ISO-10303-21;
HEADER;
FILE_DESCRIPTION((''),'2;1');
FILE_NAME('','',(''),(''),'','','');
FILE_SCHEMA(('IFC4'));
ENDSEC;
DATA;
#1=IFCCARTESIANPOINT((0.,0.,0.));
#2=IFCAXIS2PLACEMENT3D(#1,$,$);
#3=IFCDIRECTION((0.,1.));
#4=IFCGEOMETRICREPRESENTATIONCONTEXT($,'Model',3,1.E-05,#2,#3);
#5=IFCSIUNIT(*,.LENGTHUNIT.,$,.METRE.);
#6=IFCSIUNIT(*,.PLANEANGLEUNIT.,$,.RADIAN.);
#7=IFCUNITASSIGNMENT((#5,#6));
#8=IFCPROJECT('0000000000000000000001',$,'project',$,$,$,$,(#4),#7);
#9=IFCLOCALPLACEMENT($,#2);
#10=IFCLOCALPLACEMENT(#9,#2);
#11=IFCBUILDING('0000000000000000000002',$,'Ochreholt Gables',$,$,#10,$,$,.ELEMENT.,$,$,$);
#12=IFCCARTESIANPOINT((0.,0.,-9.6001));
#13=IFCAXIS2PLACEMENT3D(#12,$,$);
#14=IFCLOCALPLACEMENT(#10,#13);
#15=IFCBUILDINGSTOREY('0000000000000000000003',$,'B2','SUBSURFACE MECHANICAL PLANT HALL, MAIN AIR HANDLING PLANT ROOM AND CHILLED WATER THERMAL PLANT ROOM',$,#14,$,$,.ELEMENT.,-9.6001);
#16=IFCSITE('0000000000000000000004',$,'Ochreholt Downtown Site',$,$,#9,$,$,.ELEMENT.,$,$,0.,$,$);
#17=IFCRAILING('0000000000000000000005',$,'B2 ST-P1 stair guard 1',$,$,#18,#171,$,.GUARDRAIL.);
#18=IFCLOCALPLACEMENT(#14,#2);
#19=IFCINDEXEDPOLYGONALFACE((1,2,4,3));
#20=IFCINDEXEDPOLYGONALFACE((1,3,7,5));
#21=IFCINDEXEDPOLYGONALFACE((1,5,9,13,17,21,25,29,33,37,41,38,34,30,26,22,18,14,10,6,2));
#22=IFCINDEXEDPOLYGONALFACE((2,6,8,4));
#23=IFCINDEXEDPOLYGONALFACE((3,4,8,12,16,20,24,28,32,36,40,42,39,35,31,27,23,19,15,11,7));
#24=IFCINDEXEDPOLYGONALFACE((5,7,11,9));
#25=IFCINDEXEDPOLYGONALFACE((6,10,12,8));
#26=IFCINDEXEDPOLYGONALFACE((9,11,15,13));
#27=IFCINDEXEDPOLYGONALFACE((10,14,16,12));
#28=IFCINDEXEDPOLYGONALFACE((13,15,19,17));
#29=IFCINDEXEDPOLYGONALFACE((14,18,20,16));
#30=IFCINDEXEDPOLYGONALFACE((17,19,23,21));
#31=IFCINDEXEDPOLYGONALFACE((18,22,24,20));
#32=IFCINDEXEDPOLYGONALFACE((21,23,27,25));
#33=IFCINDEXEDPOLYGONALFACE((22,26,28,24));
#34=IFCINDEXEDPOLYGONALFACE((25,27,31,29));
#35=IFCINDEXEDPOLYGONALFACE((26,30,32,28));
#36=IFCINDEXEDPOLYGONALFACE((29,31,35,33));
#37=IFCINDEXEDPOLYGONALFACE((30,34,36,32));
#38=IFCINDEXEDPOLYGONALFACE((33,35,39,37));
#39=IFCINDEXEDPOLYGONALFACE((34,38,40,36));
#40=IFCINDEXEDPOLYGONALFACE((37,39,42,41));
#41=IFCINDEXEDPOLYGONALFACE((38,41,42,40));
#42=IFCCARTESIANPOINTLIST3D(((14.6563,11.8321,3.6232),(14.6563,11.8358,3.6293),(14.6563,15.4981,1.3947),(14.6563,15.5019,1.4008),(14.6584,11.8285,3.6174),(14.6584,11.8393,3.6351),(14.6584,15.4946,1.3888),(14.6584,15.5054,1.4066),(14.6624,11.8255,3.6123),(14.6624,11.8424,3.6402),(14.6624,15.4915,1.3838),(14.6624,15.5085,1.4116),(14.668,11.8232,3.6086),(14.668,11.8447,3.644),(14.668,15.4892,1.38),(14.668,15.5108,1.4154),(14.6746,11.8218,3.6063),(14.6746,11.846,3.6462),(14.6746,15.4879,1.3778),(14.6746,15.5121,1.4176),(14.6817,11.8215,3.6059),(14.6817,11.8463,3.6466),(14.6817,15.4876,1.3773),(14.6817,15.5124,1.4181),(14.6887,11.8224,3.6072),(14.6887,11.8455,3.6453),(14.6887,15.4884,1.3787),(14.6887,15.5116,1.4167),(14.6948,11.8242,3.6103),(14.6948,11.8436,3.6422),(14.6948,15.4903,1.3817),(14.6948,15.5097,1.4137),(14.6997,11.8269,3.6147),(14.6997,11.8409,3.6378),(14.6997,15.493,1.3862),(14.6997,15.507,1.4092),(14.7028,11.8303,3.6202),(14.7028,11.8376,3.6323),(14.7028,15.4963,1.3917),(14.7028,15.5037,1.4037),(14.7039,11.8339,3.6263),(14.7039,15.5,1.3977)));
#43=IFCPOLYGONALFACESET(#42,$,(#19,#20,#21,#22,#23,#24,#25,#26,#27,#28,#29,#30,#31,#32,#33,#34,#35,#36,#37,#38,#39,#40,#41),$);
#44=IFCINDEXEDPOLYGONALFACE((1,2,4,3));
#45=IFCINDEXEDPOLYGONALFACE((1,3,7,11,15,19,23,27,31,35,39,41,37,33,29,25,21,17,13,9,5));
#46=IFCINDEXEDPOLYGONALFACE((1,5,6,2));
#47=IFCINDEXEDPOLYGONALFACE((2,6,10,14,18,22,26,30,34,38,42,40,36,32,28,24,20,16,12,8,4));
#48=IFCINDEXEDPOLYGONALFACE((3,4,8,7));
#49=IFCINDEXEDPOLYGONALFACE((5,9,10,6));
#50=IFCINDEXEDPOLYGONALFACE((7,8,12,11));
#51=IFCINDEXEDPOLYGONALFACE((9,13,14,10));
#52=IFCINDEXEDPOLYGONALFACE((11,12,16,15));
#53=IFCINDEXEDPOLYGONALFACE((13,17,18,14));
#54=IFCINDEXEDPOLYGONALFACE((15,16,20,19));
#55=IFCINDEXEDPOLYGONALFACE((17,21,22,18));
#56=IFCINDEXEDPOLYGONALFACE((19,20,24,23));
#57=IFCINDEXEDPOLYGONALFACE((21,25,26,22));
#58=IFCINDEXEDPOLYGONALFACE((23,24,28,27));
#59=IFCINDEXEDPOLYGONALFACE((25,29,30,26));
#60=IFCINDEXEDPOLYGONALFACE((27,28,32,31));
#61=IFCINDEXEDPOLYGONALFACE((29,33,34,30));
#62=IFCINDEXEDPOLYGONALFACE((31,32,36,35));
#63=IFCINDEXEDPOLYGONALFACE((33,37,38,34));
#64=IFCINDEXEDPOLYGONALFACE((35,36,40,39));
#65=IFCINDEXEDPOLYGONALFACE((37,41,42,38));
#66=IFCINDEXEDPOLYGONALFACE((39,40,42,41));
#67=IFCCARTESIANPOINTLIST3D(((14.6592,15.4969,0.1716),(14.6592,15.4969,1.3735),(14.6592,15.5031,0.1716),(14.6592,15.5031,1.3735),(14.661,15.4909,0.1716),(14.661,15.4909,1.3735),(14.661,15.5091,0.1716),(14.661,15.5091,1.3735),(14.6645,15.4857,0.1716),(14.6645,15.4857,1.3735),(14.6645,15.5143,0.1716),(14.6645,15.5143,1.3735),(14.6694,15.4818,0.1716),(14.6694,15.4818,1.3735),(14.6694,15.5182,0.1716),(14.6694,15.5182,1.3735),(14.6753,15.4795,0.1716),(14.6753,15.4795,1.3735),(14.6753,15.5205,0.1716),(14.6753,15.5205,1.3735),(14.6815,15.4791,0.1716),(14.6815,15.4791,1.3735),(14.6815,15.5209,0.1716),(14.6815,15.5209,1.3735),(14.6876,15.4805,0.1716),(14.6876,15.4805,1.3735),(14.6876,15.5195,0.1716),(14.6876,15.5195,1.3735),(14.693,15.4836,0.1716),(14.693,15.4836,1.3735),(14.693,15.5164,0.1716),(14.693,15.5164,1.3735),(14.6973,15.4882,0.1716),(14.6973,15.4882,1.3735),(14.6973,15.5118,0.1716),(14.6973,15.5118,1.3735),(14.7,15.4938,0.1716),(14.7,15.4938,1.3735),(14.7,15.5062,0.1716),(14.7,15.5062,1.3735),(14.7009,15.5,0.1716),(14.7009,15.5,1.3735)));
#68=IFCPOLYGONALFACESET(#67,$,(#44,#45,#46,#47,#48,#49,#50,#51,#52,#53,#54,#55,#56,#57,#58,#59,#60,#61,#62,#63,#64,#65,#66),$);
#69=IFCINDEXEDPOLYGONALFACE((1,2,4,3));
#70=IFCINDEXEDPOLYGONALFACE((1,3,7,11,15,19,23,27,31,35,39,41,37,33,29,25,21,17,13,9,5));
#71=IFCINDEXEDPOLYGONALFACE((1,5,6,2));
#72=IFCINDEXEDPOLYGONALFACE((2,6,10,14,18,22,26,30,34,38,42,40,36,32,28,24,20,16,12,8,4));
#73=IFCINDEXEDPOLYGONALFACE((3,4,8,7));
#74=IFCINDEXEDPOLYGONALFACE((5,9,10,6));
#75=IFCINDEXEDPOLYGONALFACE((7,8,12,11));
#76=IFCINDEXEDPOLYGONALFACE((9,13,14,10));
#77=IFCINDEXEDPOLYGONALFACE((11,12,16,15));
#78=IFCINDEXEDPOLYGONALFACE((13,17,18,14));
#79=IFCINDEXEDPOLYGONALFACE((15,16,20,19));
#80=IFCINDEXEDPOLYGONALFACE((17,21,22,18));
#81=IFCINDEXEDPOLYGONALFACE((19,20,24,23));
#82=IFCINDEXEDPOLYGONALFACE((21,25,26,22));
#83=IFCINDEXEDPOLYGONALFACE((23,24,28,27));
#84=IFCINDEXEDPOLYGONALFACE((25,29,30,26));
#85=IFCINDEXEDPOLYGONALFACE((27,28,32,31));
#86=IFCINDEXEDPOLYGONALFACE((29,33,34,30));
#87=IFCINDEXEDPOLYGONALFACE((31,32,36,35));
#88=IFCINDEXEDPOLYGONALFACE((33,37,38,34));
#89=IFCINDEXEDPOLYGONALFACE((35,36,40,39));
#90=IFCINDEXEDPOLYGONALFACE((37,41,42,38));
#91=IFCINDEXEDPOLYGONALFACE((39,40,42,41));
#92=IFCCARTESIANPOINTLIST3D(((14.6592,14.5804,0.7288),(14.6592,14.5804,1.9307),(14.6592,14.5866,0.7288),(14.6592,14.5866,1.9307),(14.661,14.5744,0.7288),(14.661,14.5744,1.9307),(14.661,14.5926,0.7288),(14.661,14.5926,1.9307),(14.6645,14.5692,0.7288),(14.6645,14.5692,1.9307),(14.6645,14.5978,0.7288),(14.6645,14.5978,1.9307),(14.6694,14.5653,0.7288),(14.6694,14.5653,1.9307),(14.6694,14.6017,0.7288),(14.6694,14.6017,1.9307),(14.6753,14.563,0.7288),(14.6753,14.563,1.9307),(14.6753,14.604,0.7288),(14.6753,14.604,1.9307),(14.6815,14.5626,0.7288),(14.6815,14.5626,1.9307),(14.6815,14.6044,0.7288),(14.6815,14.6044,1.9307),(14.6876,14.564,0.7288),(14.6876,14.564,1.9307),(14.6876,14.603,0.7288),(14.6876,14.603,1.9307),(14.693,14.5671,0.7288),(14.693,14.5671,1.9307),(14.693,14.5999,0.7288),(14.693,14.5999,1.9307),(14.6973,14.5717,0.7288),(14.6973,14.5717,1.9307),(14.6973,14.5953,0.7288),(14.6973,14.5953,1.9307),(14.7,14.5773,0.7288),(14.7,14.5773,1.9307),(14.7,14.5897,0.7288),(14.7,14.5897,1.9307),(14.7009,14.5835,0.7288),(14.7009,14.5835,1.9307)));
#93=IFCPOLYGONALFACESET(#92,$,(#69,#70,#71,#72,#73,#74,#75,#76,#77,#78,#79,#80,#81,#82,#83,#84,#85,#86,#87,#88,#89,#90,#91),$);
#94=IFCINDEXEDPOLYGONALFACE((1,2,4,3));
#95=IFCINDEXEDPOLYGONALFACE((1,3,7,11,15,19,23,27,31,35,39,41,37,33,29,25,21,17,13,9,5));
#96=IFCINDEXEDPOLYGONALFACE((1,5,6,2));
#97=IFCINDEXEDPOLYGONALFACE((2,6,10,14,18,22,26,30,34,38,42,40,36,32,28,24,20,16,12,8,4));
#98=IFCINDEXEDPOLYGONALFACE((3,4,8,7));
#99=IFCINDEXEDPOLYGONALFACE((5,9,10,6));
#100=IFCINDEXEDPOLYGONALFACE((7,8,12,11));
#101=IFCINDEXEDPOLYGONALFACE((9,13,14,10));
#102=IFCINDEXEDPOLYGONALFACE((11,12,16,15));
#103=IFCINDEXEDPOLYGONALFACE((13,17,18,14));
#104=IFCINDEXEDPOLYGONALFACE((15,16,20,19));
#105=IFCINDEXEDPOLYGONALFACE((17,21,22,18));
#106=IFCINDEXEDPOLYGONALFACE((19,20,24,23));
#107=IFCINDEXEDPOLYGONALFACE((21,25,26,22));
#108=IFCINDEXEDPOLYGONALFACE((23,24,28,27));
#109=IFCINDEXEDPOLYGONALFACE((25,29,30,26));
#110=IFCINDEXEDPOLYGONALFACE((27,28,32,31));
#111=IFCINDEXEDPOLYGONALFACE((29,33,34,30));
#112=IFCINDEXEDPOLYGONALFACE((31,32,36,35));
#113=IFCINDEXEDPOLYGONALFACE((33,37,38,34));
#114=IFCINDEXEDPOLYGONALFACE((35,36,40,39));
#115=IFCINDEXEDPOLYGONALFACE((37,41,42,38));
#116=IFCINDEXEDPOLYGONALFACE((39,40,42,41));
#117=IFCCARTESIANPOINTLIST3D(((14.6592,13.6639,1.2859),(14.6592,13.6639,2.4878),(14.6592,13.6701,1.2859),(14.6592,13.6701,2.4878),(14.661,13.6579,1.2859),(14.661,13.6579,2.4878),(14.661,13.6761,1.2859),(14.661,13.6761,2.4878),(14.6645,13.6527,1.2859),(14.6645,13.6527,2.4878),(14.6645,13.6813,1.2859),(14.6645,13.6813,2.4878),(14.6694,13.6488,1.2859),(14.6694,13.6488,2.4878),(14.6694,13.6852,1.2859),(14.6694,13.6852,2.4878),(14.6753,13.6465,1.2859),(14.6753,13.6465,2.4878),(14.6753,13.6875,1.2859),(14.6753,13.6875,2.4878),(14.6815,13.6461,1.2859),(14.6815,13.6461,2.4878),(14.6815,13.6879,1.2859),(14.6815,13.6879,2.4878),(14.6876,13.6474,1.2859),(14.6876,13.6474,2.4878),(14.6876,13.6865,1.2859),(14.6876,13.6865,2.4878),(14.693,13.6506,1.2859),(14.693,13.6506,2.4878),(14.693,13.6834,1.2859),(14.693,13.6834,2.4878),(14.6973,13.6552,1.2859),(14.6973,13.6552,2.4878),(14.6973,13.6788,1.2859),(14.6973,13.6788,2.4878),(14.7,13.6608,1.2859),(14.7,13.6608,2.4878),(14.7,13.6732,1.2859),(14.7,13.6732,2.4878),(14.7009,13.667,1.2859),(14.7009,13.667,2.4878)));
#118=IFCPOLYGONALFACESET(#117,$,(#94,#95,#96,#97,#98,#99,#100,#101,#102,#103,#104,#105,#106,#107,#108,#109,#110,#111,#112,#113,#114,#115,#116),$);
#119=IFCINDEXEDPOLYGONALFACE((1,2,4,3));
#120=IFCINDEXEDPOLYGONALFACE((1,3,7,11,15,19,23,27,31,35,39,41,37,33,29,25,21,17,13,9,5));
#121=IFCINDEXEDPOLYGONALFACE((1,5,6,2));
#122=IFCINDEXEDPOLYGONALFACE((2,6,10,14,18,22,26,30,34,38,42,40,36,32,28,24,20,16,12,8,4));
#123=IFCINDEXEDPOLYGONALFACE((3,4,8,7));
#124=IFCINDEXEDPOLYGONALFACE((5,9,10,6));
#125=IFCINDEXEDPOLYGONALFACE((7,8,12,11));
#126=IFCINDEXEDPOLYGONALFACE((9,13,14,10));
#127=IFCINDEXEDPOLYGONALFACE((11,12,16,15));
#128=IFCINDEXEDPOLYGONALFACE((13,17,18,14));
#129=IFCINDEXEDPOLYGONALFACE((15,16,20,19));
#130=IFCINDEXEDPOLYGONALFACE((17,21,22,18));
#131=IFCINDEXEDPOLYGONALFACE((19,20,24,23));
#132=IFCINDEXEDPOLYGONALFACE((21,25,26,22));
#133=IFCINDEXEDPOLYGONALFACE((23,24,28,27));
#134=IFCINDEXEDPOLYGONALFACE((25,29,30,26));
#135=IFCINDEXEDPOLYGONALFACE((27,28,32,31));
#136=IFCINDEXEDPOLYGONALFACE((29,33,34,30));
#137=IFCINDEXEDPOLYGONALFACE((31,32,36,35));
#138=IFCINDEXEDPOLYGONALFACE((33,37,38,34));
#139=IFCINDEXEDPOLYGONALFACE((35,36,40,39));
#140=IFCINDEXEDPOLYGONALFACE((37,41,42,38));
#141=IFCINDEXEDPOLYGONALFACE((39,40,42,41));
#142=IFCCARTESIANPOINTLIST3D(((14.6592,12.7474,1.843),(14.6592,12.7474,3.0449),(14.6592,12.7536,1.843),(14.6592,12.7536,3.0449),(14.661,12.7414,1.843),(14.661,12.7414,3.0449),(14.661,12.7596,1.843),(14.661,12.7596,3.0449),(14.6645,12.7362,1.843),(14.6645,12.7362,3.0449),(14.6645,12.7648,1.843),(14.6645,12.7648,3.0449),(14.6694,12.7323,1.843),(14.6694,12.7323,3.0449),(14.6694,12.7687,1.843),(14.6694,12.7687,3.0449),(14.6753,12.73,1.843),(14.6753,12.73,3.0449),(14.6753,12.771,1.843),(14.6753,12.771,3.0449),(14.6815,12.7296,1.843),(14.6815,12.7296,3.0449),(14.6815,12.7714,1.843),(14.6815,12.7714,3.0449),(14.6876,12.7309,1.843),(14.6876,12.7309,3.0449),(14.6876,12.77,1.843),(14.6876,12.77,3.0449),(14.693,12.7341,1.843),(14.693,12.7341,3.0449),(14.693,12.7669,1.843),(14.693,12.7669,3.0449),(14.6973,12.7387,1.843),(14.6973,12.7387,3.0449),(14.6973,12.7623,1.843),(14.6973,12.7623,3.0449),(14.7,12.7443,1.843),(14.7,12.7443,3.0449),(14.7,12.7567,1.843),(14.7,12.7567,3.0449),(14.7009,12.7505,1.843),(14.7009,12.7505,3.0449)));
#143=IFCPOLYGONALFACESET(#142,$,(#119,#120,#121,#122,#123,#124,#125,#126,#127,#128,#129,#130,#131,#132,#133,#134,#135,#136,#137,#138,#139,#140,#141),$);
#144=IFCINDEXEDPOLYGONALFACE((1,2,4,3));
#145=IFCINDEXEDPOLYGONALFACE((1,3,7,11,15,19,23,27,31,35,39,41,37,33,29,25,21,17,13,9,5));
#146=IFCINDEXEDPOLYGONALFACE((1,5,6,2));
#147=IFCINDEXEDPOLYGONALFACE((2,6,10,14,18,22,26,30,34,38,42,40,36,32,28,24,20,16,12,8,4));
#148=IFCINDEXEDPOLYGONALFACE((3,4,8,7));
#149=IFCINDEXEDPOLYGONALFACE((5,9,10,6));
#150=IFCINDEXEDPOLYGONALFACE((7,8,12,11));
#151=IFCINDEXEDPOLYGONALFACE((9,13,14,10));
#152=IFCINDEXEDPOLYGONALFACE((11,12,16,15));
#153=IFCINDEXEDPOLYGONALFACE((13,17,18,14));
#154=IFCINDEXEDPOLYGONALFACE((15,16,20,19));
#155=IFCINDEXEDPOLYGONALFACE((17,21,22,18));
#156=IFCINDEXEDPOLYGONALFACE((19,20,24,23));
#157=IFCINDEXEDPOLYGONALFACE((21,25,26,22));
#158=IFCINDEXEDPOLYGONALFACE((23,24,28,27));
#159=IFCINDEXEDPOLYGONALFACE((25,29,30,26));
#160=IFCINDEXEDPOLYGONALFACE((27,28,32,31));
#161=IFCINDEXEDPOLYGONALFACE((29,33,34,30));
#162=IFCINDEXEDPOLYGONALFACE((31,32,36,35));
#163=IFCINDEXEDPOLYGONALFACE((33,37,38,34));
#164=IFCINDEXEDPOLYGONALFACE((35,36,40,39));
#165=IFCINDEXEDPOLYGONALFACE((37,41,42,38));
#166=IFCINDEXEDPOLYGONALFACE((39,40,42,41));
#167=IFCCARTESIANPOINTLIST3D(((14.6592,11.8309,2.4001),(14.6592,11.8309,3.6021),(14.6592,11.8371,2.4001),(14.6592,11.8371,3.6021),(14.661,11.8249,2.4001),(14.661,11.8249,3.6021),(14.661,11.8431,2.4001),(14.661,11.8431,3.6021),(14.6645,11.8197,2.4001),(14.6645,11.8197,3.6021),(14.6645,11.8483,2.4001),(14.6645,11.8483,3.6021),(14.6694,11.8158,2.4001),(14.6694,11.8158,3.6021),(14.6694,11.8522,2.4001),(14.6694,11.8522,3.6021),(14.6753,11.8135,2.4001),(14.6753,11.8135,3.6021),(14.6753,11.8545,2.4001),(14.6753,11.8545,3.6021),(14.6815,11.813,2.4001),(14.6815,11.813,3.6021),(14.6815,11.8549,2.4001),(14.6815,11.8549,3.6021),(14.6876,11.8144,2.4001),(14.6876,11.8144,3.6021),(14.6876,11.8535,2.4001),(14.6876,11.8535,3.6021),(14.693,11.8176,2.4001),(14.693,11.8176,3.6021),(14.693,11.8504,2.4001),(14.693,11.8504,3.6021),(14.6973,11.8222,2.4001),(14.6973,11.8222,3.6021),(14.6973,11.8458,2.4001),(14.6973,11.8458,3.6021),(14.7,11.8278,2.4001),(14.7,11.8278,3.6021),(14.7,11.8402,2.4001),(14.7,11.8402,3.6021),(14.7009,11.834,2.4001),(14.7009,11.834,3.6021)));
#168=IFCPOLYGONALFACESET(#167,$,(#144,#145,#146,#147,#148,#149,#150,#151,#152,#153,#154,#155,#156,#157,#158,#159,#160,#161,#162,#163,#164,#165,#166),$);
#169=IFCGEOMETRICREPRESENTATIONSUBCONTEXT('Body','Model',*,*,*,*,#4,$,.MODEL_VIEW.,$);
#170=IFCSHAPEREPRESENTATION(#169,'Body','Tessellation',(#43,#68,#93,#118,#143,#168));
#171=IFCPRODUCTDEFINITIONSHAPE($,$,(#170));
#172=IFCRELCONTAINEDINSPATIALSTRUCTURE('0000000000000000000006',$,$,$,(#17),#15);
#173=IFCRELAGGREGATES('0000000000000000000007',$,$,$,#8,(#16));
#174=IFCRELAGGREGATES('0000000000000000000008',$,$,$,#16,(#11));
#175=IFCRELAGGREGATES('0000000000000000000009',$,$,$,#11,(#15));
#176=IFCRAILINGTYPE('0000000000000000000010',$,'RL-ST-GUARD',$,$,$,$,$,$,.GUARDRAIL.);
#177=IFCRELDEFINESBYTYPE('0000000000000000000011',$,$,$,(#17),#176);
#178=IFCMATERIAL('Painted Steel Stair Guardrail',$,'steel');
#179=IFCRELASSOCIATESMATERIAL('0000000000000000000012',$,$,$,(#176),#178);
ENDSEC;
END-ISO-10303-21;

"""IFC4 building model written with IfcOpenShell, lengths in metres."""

from ifc_helpers import new_model, si_unit, direction, frame, origin, origin_2d, place, context, subcontext, project, spatial, circle, extrude, material, type_object, element, save


model = new_model("IFC4")

# Units and contexts
model_context = context("Model", 3, precision=1e-05, world=origin(), true_north=direction((0.0, 1.0)))
body_context = subcontext(model_context, "Body", "Model", "MODEL_VIEW")
ifc_project = project(units=[si_unit("LENGTHUNIT", "METRE"), si_unit("PLANEANGLEUNIT", "RADIAN")], contexts=[model_context])

# Site, building, storey
site_placement = place(None, origin())
site = spatial("IfcSite", under=ifc_project, at=site_placement, Name="Ochreholt Downtown Site", CompositionType="ELEMENT", RefElevation=0.0)
building_placement = place(site_placement, origin())
building = spatial("IfcBuilding", under=site, at=building_placement, Name="Ochreholt Gables", CompositionType="ELEMENT")
storey_placement = place(building_placement, frame((0.0, 0.0, -9.6001)))
storey = spatial("IfcBuildingStorey", under=building, at=storey_placement, Name="B2", Description="SUBSURFACE MECHANICAL PLANT HALL, MAIN AIR HANDLING PLANT ROOM AND CHILLED WATER THERMAL PLANT ROOM", CompositionType="ELEMENT", Elevation=-9.6001)

# Railing
ifc_material_1 = material(Name="Painted Steel Stair Guardrail", Category="steel")
railing_type_1 = type_object("IfcRailingType", Name="RL-ST-GUARD", PredefinedType="GUARDRAIL", material=ifc_material_1)
railing_1_placement = place(storey_placement, frame((14.6799, 15.5, 0.1716)))
element("IfcRailing", 1, at=railing_1_placement, inside=storey, type_object=railing_type_1, Name="B2 ST-P1 stair guard 1", PredefinedType="GUARDRAIL", context=body_context, shape_type="SweptSolid", body=[
    extrude(circle(Radius=0.0239, at=origin_2d()), frame((0.0, 0.0, 1.2261), z_axis=(0.0, -0.854506, 0.519441), x_axis=(1.0, 0.0, 0.0)), (0.0, 0.0, 1.0), 4.2903),
    extrude(circle(Radius=0.021, at=origin_2d()), origin(), (0.0, 0.0, 1.0), 1.2019),
    extrude(circle(Radius=0.021, at=origin_2d()), frame((0.0, -0.9165, 0.5571)), (0.0, 0.0, 1.0), 1.2019),
    extrude(circle(Radius=0.021, at=origin_2d()), frame((0.0, -1.833, 1.1143)), (0.0, 0.0, 1.0), 1.2019),
    extrude(circle(Radius=0.021, at=origin_2d()), frame((0.0, -2.7495, 1.6714)), (0.0, 0.0, 1.0), 1.2019),
    extrude(circle(Radius=0.021, at=origin_2d()), frame((0.0, -3.666, 2.2285)), (0.0, 0.0, 1.0), 1.2019),
])

save(model, "model.ifc")
